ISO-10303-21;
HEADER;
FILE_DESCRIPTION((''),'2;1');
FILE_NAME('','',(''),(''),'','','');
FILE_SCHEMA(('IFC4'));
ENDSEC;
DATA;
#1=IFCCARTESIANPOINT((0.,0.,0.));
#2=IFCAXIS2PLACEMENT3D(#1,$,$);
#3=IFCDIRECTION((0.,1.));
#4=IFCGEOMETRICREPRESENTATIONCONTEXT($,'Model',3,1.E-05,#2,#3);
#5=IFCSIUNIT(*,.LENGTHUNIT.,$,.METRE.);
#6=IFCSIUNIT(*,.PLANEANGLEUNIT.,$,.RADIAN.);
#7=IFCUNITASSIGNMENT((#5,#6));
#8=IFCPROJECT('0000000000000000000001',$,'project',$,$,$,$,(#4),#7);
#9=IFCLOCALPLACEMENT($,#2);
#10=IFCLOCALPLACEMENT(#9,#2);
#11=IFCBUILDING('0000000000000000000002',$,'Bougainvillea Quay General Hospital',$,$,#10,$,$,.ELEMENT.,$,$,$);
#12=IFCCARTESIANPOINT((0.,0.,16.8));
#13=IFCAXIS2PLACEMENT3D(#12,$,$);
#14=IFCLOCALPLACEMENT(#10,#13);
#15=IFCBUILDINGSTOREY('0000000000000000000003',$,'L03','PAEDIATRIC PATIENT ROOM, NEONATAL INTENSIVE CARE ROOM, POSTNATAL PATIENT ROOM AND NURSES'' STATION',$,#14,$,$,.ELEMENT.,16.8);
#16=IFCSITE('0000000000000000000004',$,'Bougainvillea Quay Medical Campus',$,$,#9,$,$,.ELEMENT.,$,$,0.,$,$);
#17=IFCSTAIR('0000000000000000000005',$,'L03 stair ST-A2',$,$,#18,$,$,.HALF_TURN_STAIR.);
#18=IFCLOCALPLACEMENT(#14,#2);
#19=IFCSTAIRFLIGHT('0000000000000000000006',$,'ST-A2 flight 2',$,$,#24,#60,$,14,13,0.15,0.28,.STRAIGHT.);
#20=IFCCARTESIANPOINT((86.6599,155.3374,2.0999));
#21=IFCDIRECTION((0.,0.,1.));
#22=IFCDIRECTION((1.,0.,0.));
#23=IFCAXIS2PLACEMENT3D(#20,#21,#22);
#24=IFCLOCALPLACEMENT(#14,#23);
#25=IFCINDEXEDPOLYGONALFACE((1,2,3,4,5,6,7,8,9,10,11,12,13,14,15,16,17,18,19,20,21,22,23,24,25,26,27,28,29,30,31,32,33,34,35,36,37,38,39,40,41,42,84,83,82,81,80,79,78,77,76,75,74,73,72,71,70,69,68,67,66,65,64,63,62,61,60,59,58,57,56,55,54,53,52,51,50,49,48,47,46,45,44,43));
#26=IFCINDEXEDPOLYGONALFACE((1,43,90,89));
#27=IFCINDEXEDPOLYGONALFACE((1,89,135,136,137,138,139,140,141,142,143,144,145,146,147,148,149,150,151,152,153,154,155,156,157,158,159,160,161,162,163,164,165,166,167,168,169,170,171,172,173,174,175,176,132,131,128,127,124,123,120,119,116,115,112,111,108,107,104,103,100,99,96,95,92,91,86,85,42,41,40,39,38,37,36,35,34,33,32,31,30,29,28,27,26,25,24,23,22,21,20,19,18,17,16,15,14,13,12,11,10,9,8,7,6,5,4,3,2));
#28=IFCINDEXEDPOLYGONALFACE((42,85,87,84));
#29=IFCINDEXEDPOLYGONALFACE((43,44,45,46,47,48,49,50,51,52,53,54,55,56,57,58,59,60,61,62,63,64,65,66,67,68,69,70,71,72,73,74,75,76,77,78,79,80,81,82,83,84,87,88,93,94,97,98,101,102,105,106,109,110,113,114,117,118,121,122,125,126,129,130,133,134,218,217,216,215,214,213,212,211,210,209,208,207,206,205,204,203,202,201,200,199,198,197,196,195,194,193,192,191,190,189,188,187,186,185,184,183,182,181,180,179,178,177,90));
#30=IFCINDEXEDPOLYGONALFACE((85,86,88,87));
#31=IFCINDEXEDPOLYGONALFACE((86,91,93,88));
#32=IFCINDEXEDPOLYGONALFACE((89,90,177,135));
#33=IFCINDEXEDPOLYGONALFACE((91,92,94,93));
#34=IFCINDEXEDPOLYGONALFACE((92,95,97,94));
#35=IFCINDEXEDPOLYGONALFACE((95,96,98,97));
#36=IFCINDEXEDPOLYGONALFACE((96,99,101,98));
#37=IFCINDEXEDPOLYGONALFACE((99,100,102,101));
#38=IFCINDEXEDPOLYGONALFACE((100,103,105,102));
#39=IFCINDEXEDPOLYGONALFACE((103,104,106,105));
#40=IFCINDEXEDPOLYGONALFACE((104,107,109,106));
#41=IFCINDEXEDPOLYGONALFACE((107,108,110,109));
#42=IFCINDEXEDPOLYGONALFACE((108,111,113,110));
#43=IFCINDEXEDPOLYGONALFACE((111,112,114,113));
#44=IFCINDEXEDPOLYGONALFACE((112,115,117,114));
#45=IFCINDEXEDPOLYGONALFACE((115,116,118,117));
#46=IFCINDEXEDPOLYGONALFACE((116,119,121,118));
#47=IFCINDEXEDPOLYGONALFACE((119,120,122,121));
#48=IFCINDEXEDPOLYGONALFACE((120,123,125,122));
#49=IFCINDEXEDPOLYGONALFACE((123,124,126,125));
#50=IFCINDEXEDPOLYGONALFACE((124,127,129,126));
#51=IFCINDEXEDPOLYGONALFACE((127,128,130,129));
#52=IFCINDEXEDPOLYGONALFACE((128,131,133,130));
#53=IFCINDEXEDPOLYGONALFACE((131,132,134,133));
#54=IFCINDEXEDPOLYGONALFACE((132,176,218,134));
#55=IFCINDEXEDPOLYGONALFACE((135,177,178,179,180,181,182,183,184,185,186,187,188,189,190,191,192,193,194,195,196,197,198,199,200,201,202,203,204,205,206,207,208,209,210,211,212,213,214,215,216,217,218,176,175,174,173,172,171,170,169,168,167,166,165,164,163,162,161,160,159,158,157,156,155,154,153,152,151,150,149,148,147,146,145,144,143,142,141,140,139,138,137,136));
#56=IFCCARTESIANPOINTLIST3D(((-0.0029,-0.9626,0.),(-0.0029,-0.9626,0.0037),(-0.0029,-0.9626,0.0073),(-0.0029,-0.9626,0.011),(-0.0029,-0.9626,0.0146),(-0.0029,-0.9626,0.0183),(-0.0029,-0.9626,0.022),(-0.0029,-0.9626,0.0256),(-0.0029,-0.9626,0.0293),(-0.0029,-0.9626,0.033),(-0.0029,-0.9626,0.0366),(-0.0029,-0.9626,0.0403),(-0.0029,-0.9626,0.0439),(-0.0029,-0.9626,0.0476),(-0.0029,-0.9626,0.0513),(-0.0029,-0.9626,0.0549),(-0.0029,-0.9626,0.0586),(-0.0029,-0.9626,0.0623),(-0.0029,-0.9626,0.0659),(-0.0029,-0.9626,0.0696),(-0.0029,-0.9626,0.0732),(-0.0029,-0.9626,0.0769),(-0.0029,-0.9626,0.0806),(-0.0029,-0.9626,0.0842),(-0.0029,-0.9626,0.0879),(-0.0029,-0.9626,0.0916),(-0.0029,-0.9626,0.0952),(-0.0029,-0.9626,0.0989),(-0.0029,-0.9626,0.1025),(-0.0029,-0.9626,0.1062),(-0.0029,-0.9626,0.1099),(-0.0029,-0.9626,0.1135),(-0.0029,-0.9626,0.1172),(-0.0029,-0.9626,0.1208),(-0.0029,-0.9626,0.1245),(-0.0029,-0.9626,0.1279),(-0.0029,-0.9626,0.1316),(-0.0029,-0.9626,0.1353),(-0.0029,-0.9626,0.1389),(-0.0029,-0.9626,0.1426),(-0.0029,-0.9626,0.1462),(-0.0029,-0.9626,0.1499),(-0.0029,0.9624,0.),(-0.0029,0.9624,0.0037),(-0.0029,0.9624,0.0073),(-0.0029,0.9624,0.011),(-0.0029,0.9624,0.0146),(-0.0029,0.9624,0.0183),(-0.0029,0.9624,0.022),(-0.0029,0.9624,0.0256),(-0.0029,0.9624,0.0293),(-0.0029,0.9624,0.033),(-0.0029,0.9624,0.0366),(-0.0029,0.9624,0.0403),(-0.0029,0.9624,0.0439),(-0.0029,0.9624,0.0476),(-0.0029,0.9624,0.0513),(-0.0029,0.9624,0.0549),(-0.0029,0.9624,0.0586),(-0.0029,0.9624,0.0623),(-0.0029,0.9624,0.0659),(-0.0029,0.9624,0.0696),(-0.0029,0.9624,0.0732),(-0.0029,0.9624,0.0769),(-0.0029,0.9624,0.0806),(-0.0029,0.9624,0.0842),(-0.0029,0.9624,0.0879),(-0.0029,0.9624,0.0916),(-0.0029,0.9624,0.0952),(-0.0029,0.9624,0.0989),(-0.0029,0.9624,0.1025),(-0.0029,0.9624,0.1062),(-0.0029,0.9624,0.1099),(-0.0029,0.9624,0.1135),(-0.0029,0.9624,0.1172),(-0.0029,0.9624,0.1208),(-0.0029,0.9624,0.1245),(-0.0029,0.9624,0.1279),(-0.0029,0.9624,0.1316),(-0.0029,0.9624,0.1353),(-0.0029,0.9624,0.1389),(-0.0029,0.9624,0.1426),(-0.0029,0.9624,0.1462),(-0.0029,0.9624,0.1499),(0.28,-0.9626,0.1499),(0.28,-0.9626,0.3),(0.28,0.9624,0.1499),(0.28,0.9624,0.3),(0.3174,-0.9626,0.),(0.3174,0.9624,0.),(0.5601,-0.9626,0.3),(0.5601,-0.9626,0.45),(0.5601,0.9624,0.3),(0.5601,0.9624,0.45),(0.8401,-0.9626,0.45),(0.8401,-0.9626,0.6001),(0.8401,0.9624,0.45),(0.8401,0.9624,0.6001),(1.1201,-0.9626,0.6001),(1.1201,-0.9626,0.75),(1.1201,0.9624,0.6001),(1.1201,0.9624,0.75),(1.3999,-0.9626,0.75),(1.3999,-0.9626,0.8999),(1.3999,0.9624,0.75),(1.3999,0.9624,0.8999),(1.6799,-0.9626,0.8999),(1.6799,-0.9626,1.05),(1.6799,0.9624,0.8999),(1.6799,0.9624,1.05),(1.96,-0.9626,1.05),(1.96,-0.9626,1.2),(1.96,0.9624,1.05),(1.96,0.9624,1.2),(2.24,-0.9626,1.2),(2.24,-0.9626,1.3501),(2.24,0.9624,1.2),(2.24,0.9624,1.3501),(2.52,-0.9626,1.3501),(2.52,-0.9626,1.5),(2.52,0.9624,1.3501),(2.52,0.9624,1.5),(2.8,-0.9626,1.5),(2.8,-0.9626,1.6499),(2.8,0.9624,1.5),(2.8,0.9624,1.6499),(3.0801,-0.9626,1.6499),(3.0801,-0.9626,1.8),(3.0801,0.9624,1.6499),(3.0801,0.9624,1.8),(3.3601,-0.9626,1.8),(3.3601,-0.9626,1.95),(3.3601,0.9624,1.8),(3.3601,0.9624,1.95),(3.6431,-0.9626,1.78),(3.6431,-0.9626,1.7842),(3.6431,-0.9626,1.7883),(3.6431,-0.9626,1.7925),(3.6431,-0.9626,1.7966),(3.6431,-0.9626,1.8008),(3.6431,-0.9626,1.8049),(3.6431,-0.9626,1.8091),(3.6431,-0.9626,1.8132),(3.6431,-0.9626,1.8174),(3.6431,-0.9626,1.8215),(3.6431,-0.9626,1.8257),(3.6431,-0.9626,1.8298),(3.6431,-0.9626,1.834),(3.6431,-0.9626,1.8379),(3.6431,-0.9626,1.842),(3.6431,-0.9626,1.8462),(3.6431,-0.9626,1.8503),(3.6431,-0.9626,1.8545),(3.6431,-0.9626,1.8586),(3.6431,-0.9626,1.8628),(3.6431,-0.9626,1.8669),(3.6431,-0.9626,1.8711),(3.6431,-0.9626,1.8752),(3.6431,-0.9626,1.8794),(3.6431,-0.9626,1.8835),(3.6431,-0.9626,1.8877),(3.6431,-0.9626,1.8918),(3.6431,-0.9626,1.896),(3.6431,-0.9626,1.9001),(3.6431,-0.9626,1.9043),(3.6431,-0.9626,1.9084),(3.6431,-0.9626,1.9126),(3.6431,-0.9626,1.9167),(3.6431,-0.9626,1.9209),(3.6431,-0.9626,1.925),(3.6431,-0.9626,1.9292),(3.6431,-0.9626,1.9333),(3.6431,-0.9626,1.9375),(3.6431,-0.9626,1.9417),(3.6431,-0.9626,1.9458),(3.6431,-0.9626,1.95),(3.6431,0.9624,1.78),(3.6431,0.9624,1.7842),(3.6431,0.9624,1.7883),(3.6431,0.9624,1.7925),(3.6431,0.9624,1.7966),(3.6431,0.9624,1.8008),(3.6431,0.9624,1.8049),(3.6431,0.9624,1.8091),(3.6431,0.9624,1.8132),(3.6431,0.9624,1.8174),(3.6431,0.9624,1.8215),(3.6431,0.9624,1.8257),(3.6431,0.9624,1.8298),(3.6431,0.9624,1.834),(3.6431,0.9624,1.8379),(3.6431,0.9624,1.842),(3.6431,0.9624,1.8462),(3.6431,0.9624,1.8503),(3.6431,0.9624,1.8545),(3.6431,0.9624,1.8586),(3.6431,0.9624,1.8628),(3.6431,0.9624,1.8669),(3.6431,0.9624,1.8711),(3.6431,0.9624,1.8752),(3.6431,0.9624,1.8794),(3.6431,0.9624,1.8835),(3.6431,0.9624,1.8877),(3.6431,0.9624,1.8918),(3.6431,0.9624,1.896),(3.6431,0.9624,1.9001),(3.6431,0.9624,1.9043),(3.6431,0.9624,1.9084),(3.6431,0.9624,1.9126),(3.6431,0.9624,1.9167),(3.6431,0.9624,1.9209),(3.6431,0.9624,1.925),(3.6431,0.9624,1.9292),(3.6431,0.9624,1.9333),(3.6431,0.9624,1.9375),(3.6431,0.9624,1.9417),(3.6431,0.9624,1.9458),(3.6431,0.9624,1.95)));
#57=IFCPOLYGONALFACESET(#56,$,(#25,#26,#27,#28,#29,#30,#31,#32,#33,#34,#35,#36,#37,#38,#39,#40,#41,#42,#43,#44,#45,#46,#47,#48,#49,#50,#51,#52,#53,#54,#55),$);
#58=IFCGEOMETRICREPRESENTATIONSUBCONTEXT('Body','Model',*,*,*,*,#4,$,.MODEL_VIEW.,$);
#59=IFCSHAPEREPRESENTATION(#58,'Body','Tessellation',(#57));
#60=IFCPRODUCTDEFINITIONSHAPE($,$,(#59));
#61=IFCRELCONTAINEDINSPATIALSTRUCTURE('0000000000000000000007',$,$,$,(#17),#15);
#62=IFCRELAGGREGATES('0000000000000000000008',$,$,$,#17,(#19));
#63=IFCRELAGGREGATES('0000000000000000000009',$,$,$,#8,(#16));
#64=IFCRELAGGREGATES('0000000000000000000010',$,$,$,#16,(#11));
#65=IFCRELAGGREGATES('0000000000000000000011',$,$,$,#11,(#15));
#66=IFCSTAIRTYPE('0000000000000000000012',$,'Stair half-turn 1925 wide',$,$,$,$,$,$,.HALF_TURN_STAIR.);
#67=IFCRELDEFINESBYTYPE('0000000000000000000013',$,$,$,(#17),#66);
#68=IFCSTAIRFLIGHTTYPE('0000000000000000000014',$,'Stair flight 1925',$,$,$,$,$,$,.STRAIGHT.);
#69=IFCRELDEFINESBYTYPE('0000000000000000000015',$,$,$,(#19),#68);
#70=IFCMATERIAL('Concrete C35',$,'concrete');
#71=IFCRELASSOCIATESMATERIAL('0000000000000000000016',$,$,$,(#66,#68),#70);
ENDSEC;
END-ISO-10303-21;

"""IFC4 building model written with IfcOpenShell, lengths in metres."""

from ifc_helpers import new_model, si_unit, direction, frame, origin, place, context, subcontext, project, spatial, polyline, outline, extrude, material, type_object, element, aggregate, save


model = new_model("IFC4")

# Units and contexts
model_context = context("Model", 3, precision=1e-05, world=origin(), true_north=direction((0.0, 1.0)))
body_context = subcontext(model_context, "Body", "Model", "MODEL_VIEW")
ifc_project = project(units=[si_unit("LENGTHUNIT", "METRE"), si_unit("PLANEANGLEUNIT", "RADIAN")], contexts=[model_context])

# Site, building, storey
site_placement = place(None, origin())
site = spatial("IfcSite", under=ifc_project, at=site_placement, Name="Bougainvillea Quay Medical Campus", CompositionType="ELEMENT", RefElevation=0.0)
building_placement = place(site_placement, origin())
building = spatial("IfcBuilding", under=site, at=building_placement, Name="Bougainvillea Quay General Hospital", CompositionType="ELEMENT")
storey_placement = place(building_placement, frame((0.0, 0.0, 16.8)))
storey = spatial("IfcBuildingStorey", under=building, at=storey_placement, Name="L03", Description="PAEDIATRIC PATIENT ROOM, NEONATAL INTENSIVE CARE ROOM, POSTNATAL PATIENT ROOM AND NURSES' STATION", CompositionType="ELEMENT", Elevation=16.8)

# Stair, stair flight
ifc_material_1 = material(Name="Concrete C35", Category="concrete")
stair_type = type_object("IfcStairType", Name="Stair half-turn 1925 wide", PredefinedType="HALF_TURN_STAIR", material=ifc_material_1)
stair_placement = place(storey_placement, origin())
stair = element("IfcStair", 1, at=stair_placement, inside=storey, type_object=stair_type, Name="L03 stair ST-A2", PredefinedType="HALF_TURN_STAIR")
stair_flight_type = type_object("IfcStairFlightType", Name="Stair flight 1925", PredefinedType="STRAIGHT", material=ifc_material_1)
stair_flight_placement = place(storey_placement, frame((86.6599, 155.3374, 2.0999), z_axis=(0.0, 0.0, 1.0), x_axis=(1.0, 0.0, 0.0)))
stair_flight = element("IfcStairFlight", 2, at=stair_flight_placement, type_object=stair_flight_type, Name="ST-A2 flight 2", NumberOfRisers=14, NumberOfTreads=13, PredefinedType="STRAIGHT", RiserHeight=0.15, TreadLength=0.28, context=body_context, shape_type="SweptSolid", body=[
    extrude(outline(polyline([(-0.0029, 0.0), (-0.0029, 0.0037), (-0.0029, 0.0073), (-0.0029, 0.011), (-0.0029, 0.0146), (-0.0029, 0.0183), (-0.0029, 0.022), (-0.0029, 0.0256), (-0.0029, 0.0293), (-0.0029, 0.033), (-0.0029, 0.0366), (-0.0029, 0.0403), (-0.0029, 0.0439), (-0.0029, 0.0476), (-0.0029, 0.0513), (-0.0029, 0.0549), (-0.0029, 0.0586), (-0.0029, 0.0623), (-0.0029, 0.0659), (-0.0029, 0.0696), (-0.0029, 0.0732), (-0.0029, 0.0769), (-0.0029, 0.0806), (-0.0029, 0.0842), (-0.0029, 0.0879), (-0.0029, 0.0916), (-0.0029, 0.0952), (-0.0029, 0.0989), (-0.0029, 0.1025), (-0.0029, 0.1062), (-0.0029, 0.1099), (-0.0029, 0.1135), (-0.0029, 0.1172), (-0.0029, 0.1208), (-0.0029, 0.1245), (-0.0029, 0.1279), (-0.0029, 0.1316), (-0.0029, 0.1353), (-0.0029, 0.1389), (-0.0029, 0.1426), (-0.0029, 0.1462), (-0.0029, 0.1499), (0.28, 0.1499), (0.28, 0.3), (0.5601, 0.3), (0.5601, 0.45), (0.8401, 0.45), (0.8401, 0.6001), (1.1201, 0.6001), (1.1201, 0.75), (1.3999, 0.75), (1.3999, 0.8999), (1.6799, 0.8999), (1.6799, 1.05), (1.96, 1.05), (1.96, 1.2), (2.24, 1.2), (2.24, 1.3501), (2.52, 1.3501), (2.52, 1.5), (2.8, 1.5), (2.8, 1.6499), (3.0801, 1.6499), (3.0801, 1.8), (3.3601, 1.8), (3.3601, 1.95), (3.6431, 1.95), (3.6431, 1.9458), (3.6431, 1.9417), (3.6431, 1.9375), (3.6431, 1.9333), (3.6431, 1.9292), (3.6431, 1.925), (3.6431, 1.9209), (3.6431, 1.9167), (3.6431, 1.9126), (3.6431, 1.9084), (3.6431, 1.9043), (3.6431, 1.9001), (3.6431, 1.896), (3.6431, 1.8918), (3.6431, 1.8877), (3.6431, 1.8835), (3.6431, 1.8794), (3.6431, 1.8752), (3.6431, 1.8711), (3.6431, 1.8669), (3.6431, 1.8628), (3.6431, 1.8586), (3.6431, 1.8545), (3.6431, 1.8503), (3.6431, 1.8462), (3.6431, 1.842), (3.6431, 1.8379), (3.6431, 1.834), (3.6431, 1.8298), (3.6431, 1.8257), (3.6431, 1.8215), (3.6431, 1.8174), (3.6431, 1.8132), (3.6431, 1.8091), (3.6431, 1.8049), (3.6431, 1.8008), (3.6431, 1.7966), (3.6431, 1.7925), (3.6431, 1.7883), (3.6431, 1.7842), (3.6431, 1.78), (0.3174, 0.0), (-0.0029, 0.0)])), frame((0.0, 0.9624, 0.0), z_axis=(0.0, -1.0, 0.0), x_axis=(1.0, 0.0, 0.0)), (0.0, 0.0, 1.0), 1.925),
])
aggregate(stair, [stair_flight])

save(model, "model.ifc")
